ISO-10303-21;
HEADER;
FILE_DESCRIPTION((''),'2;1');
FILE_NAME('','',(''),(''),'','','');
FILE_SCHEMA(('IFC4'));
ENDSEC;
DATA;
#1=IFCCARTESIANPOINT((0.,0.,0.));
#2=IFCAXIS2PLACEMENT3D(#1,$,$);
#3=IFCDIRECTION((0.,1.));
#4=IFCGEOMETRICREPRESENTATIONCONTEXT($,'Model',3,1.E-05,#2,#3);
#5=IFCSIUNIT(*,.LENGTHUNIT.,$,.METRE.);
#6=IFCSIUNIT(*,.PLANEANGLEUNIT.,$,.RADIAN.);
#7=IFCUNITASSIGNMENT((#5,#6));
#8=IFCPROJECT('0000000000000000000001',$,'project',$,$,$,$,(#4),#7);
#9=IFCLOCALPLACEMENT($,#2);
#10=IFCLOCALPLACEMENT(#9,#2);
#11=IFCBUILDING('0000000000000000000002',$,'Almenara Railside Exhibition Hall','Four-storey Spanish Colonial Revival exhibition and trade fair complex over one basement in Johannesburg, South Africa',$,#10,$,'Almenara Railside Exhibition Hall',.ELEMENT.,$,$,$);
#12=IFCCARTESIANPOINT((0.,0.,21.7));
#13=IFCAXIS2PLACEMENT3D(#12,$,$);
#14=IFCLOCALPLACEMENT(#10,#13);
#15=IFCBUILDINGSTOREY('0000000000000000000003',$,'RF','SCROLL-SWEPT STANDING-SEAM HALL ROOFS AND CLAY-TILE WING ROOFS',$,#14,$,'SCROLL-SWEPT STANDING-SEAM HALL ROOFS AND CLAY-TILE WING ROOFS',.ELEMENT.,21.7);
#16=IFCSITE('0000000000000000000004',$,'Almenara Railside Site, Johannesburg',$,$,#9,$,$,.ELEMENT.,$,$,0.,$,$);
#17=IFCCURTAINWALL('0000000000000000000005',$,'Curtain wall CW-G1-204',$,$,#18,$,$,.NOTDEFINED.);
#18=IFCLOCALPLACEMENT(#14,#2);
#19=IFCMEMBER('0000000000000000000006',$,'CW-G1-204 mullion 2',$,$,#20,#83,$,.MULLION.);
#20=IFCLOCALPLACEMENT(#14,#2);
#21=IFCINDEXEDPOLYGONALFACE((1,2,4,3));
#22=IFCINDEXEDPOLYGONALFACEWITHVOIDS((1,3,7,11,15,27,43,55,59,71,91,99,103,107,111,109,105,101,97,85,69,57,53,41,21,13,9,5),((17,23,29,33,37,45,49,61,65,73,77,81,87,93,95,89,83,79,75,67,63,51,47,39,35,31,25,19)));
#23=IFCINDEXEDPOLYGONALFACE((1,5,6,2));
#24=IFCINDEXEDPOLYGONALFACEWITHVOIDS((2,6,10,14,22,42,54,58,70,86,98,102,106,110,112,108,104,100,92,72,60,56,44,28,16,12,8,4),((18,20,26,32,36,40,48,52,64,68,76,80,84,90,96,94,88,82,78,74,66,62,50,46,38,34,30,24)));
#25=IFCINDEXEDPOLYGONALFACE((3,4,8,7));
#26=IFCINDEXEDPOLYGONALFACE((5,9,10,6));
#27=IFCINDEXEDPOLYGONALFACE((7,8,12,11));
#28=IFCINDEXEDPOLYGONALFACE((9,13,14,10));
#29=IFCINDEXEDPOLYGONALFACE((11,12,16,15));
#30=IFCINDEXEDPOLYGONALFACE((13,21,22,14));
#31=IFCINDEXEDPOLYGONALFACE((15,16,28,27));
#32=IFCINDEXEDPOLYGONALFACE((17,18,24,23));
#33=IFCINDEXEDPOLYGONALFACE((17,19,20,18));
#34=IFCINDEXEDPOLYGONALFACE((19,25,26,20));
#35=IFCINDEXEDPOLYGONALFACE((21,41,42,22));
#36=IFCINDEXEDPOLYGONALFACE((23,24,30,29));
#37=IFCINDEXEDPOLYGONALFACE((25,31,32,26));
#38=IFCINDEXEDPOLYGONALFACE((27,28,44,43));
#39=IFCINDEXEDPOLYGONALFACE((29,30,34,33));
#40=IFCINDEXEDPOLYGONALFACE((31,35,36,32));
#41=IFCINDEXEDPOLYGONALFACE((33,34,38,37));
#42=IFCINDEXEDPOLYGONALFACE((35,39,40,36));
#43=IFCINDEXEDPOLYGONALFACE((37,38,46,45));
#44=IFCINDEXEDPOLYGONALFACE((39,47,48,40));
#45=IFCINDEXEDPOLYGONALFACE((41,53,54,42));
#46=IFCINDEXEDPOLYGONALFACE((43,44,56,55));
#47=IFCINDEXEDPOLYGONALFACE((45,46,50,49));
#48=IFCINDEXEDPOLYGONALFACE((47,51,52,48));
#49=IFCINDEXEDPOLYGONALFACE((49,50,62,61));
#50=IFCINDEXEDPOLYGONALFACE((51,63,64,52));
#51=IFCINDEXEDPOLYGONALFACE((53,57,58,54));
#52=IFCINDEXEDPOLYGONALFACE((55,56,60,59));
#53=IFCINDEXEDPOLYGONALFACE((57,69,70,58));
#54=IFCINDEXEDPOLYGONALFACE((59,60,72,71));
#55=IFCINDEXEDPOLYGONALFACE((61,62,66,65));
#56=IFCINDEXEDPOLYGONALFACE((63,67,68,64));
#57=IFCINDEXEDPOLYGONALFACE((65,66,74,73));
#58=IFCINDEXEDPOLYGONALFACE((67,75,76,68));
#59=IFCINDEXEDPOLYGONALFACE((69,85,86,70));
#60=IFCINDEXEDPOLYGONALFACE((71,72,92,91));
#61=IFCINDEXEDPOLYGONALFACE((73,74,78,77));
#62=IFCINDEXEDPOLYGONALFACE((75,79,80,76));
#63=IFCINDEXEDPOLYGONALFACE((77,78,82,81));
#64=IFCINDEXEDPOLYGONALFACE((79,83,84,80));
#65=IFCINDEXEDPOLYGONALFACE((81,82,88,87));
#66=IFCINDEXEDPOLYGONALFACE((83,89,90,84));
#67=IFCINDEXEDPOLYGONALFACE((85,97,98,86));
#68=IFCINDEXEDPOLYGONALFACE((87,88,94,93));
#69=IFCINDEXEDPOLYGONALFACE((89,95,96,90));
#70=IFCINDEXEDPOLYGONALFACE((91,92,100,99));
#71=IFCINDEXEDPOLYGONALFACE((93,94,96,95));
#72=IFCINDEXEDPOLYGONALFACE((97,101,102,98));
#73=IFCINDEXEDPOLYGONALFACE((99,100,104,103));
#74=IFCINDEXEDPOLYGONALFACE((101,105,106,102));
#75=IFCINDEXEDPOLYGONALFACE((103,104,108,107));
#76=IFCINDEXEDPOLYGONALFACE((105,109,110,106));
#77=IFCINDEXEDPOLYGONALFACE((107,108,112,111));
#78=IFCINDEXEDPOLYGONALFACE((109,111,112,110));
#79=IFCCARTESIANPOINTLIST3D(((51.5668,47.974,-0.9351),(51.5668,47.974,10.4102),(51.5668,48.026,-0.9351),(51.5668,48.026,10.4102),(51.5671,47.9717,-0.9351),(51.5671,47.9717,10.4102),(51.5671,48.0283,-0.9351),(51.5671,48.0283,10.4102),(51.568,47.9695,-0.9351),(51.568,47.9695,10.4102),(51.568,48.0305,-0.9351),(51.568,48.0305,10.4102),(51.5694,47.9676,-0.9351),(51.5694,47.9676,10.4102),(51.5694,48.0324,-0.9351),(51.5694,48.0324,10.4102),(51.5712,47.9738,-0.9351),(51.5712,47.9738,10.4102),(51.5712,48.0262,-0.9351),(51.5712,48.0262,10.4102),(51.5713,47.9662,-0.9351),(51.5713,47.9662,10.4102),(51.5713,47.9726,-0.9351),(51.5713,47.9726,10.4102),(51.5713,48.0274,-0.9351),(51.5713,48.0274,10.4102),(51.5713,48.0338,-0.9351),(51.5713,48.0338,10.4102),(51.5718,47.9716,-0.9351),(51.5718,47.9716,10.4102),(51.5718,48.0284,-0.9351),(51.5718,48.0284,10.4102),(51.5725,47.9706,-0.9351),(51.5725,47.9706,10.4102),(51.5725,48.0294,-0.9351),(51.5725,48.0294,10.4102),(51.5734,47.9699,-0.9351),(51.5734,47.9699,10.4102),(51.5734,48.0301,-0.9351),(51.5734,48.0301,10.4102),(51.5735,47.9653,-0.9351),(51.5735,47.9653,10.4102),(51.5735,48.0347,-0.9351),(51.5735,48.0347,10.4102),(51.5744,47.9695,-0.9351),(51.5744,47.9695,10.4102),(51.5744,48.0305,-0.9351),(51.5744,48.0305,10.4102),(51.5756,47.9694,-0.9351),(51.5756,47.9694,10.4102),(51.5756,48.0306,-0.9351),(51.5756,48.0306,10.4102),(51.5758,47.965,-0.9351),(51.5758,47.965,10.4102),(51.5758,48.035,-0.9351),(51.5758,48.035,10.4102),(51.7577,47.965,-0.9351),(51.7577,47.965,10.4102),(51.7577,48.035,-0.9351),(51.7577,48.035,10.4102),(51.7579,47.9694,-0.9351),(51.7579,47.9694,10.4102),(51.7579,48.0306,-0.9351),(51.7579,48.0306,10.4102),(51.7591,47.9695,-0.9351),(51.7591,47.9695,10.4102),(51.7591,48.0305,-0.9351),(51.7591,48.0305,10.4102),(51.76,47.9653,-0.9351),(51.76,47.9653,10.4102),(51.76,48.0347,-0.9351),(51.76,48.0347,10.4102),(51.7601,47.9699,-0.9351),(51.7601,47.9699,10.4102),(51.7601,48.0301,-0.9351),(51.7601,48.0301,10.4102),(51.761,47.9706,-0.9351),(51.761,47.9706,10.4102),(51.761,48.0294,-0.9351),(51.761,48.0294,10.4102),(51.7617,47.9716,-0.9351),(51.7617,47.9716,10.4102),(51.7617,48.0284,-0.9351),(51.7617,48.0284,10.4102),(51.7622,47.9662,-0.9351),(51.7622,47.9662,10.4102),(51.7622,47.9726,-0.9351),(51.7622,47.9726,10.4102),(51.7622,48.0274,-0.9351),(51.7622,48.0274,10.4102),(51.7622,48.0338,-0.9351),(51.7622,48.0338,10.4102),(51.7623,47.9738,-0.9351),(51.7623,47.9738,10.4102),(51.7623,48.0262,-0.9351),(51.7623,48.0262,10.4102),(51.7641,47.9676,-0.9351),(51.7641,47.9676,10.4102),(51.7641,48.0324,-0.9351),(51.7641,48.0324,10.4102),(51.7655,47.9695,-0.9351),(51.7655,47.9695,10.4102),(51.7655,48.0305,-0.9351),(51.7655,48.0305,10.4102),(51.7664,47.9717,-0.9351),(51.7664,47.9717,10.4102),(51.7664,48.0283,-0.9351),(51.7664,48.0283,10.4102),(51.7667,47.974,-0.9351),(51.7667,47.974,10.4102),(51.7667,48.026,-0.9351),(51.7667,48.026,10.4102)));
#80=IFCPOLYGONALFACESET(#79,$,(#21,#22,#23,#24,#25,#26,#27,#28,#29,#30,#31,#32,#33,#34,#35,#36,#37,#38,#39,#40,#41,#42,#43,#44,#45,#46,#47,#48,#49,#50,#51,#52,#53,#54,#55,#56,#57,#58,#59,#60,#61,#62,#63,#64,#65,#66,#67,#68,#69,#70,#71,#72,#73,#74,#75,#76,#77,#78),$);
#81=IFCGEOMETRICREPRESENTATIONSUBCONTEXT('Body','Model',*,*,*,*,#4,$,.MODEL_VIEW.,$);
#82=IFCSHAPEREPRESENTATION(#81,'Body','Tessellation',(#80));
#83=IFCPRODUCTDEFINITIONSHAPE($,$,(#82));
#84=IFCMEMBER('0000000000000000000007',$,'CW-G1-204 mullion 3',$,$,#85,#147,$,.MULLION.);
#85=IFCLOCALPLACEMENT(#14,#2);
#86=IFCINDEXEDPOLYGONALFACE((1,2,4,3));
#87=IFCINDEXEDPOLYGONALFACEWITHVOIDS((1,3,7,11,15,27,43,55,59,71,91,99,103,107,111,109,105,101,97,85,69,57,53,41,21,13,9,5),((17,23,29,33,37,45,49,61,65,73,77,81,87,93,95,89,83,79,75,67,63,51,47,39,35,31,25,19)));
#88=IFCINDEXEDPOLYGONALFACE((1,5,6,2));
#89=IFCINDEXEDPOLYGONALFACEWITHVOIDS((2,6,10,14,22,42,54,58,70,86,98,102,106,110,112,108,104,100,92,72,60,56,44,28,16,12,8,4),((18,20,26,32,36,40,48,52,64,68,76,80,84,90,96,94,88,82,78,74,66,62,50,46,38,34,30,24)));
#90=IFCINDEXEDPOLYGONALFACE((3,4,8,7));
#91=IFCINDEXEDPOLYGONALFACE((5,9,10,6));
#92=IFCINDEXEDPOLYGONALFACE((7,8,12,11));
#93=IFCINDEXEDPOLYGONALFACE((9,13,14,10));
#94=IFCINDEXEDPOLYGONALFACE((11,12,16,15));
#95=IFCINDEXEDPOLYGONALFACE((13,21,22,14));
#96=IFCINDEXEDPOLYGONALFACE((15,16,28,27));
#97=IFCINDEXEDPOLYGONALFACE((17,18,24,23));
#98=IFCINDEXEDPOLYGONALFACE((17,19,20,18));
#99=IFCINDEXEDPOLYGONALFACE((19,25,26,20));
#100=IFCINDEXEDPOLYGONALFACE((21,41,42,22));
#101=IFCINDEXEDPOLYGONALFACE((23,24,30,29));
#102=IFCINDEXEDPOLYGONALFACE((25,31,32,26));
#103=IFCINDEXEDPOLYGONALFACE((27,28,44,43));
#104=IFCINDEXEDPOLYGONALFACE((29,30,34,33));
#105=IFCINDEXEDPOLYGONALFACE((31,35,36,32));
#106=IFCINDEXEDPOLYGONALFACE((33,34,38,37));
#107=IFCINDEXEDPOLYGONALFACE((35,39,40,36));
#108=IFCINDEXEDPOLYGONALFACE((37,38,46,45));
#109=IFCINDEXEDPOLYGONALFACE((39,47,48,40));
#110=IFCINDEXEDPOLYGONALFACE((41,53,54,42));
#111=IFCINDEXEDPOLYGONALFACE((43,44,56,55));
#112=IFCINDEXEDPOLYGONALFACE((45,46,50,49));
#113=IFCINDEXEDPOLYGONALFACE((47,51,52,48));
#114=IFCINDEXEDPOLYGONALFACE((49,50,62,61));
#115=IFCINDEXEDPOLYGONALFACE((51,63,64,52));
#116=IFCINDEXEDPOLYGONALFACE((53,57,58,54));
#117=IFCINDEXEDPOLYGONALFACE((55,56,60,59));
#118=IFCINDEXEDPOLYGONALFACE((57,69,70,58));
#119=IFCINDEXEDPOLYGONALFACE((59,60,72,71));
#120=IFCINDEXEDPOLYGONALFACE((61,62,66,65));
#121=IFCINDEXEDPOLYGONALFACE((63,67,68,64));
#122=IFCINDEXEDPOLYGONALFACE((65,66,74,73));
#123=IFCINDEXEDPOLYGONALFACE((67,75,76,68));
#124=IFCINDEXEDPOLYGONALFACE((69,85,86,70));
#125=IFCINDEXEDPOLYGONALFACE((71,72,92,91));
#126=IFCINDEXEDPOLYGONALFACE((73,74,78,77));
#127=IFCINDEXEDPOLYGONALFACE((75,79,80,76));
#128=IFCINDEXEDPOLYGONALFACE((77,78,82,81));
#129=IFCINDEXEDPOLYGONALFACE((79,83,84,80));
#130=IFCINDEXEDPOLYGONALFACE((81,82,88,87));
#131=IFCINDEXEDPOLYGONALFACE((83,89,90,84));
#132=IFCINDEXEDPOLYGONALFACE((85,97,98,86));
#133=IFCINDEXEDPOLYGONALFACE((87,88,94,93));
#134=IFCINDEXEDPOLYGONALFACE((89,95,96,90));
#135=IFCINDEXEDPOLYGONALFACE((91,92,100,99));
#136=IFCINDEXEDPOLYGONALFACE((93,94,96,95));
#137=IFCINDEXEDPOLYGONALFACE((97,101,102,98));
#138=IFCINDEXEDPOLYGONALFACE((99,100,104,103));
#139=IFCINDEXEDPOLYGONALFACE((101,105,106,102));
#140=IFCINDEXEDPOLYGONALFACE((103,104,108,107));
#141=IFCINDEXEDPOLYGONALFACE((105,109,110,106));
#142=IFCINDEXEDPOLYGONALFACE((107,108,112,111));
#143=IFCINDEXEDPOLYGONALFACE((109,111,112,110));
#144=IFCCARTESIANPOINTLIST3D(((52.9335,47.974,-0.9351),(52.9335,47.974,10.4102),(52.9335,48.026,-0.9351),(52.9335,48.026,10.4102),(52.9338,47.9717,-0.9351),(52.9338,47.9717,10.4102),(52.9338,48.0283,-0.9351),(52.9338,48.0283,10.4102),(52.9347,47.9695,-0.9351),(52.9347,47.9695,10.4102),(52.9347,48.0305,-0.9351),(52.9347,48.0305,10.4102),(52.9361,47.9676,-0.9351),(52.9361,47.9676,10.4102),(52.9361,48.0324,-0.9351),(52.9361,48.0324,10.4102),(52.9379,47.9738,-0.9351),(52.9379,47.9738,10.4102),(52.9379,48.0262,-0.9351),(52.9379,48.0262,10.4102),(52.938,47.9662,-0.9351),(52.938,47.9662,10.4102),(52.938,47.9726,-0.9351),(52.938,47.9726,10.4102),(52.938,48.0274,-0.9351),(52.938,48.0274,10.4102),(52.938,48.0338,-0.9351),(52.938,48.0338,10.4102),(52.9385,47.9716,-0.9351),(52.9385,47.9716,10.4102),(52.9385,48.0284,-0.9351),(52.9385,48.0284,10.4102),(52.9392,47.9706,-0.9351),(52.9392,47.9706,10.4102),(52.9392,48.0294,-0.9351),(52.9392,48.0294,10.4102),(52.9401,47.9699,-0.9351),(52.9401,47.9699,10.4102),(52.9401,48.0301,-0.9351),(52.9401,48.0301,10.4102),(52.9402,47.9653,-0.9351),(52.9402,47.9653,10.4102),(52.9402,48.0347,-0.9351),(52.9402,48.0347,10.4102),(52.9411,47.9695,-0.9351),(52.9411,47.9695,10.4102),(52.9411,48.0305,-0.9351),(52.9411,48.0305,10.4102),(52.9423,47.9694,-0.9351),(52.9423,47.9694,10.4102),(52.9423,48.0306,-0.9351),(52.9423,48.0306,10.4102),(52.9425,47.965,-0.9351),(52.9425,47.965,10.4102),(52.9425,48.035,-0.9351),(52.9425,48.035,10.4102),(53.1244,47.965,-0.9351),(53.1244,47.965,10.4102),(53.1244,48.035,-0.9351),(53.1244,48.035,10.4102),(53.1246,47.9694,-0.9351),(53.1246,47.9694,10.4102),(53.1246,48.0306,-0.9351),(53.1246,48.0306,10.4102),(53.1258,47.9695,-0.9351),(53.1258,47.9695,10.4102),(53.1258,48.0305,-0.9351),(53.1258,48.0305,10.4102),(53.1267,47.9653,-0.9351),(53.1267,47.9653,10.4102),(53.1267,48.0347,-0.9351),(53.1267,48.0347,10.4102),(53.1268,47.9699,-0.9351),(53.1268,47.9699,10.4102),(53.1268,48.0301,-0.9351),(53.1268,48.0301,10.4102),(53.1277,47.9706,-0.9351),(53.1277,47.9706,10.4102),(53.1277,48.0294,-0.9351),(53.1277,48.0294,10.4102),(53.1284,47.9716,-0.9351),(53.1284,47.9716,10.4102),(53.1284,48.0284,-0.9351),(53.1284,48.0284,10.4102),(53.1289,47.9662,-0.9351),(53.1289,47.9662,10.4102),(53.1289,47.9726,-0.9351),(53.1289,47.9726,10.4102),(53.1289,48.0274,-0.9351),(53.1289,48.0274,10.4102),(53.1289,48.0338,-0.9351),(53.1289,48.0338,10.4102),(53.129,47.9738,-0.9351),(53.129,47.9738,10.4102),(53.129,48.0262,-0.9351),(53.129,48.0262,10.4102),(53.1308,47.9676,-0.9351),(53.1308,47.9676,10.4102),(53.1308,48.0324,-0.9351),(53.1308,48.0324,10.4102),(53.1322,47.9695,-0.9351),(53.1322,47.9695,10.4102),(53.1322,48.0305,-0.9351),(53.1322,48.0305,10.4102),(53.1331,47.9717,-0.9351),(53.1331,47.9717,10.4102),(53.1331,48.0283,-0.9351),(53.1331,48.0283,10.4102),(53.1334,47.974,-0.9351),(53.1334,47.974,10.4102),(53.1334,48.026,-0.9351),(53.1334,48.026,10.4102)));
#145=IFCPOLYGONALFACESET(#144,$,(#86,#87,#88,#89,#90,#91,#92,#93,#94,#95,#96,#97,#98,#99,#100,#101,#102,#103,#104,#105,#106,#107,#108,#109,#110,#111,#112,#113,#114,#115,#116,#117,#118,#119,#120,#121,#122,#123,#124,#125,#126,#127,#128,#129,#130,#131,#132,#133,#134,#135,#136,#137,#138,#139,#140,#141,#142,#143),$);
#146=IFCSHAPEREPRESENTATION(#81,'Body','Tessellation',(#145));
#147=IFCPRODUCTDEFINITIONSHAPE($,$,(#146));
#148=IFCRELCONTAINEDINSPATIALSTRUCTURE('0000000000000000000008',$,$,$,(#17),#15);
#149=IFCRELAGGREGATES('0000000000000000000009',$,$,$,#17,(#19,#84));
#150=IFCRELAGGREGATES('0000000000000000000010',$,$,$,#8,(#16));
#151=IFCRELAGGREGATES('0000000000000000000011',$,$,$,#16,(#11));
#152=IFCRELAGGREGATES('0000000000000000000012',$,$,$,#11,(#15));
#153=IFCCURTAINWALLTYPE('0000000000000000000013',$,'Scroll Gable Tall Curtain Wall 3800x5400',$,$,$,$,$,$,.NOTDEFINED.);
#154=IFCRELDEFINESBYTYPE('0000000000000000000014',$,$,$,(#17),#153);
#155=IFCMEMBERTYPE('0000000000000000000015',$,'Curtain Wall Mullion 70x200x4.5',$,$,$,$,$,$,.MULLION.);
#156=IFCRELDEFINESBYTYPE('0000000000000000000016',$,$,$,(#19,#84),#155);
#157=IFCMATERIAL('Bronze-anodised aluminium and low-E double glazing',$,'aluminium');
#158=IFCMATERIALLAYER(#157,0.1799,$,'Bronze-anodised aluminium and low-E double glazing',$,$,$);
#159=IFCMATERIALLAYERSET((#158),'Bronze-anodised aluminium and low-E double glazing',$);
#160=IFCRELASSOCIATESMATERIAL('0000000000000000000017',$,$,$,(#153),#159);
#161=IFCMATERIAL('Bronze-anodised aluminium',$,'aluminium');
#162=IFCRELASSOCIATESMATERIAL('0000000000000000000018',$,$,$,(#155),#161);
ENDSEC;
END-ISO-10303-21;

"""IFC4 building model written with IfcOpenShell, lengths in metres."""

from ifc_helpers import new_model, si_unit, direction, frame, origin, origin_2d, place, context, subcontext, project, spatial, hollow_rectangle, extrude, material, layer, layer_set, material_profile, profile_set, type_object, element, aggregate, save


model = new_model("IFC4")

# Units and contexts
model_context = context("Model", 3, precision=1e-05, world=origin(), true_north=direction((0.0, 1.0)))
body_context = subcontext(model_context, "Body", "Model", "MODEL_VIEW")
ifc_project = project(units=[si_unit("LENGTHUNIT", "METRE"), si_unit("PLANEANGLEUNIT", "RADIAN")], contexts=[model_context])

# Site, building, storey
site_placement = place(None, origin())
site = spatial("IfcSite", under=ifc_project, at=site_placement, Name="Almenara Railside Site, Johannesburg", CompositionType="ELEMENT", RefElevation=0.0)
building_placement = place(site_placement, origin())
building = spatial("IfcBuilding", under=site, at=building_placement, Name="Almenara Railside Exhibition Hall", Description="Four-storey Spanish Colonial Revival exhibition and trade fair complex over one basement in Johannesburg, South Africa", LongName="Almenara Railside Exhibition Hall", CompositionType="ELEMENT")
storey_placement = place(building_placement, frame((0.0, 0.0, 21.7)))
storey = spatial("IfcBuildingStorey", under=building, at=storey_placement, Name="RF", Description="SCROLL-SWEPT STANDING-SEAM HALL ROOFS AND CLAY-TILE WING ROOFS", LongName="SCROLL-SWEPT STANDING-SEAM HALL ROOFS AND CLAY-TILE WING ROOFS", CompositionType="ELEMENT", Elevation=21.7)

# Shared definitions
ifc_material_1 = material(Name="Bronze-anodised aluminium and low-E double glazing", Category="aluminium")
ifc_layer_1 = layer(ifc_material_1, 0.1799, Name="Bronze-anodised aluminium and low-E double glazing")
ifc_layer_set_1 = layer_set([ifc_layer_1], Name="Bronze-anodised aluminium and low-E double glazing")
curtain_wall_type = type_object("IfcCurtainWallType", Name="Scroll Gable Tall Curtain Wall 3800x5400", PredefinedType="NOTDEFINED", material=ifc_layer_set_1)
ifc_material_2 = material(Name="Bronze-anodised aluminium", Category="aluminium")

# Curtain wall, members
curtain_wall_1_placement = place(storey_placement, origin())
curtain_wall_1 = element("IfcCurtainWall", 1, at=curtain_wall_1_placement, inside=storey, type_object=curtain_wall_type, Name="Curtain wall CW-G1-204", PredefinedType="NOTDEFINED")
ifc_material_profile_1 = material_profile(ifc_material_2, hollow_rectangle(XDim=0.0701, YDim=0.2, WallThickness=0.0044, InnerFilletRadius=0.0044, OuterFilletRadius=0.009, at=origin_2d()), Name="ALU-MUL 70x200x4.5")
ifc_profile_set_1 = profile_set([ifc_material_profile_1], Name="Bronze-anodised aluminium")
member_type_1 = type_object("IfcMemberType", Name="Curtain Wall Mullion 70x200x4.5", PredefinedType="MULLION", material=ifc_profile_set_1)
member_1_placement = place(storey_placement, frame((51.6667, 48.0, -0.9351), z_axis=(0.0, 0.0, 1.0), x_axis=(0.0, 1.0, 0.0)))
member_1 = element("IfcMember", 2, at=member_1_placement, type_object=member_type_1, Name="CW-G1-204 mullion 2", PredefinedType="MULLION", context=body_context, shape_type="SweptSolid", body=[
    extrude(hollow_rectangle(XDim=0.0701, YDim=0.2, WallThickness=0.0044, InnerFilletRadius=0.0044, OuterFilletRadius=0.009, at=origin_2d()), origin(), (0.0, 0.0, 1.0), 11.3452),
])
member_2_placement = place(storey_placement, frame((53.0334, 48.0, -0.9351), z_axis=(0.0, 0.0, 1.0), x_axis=(0.0, 1.0, 0.0)))
member_2 = element("IfcMember", 3, at=member_2_placement, type_object=member_type_1, Name="CW-G1-204 mullion 3", PredefinedType="MULLION", context=body_context, shape_type="SweptSolid", body=[
    extrude(hollow_rectangle(XDim=0.0701, YDim=0.2, WallThickness=0.0044, InnerFilletRadius=0.0044, OuterFilletRadius=0.009, at=origin_2d()), origin(), (0.0, 0.0, 1.0), 11.3452),
])

aggregate(curtain_wall_1, [member_1, member_2])

save(model, "model.ifc")
